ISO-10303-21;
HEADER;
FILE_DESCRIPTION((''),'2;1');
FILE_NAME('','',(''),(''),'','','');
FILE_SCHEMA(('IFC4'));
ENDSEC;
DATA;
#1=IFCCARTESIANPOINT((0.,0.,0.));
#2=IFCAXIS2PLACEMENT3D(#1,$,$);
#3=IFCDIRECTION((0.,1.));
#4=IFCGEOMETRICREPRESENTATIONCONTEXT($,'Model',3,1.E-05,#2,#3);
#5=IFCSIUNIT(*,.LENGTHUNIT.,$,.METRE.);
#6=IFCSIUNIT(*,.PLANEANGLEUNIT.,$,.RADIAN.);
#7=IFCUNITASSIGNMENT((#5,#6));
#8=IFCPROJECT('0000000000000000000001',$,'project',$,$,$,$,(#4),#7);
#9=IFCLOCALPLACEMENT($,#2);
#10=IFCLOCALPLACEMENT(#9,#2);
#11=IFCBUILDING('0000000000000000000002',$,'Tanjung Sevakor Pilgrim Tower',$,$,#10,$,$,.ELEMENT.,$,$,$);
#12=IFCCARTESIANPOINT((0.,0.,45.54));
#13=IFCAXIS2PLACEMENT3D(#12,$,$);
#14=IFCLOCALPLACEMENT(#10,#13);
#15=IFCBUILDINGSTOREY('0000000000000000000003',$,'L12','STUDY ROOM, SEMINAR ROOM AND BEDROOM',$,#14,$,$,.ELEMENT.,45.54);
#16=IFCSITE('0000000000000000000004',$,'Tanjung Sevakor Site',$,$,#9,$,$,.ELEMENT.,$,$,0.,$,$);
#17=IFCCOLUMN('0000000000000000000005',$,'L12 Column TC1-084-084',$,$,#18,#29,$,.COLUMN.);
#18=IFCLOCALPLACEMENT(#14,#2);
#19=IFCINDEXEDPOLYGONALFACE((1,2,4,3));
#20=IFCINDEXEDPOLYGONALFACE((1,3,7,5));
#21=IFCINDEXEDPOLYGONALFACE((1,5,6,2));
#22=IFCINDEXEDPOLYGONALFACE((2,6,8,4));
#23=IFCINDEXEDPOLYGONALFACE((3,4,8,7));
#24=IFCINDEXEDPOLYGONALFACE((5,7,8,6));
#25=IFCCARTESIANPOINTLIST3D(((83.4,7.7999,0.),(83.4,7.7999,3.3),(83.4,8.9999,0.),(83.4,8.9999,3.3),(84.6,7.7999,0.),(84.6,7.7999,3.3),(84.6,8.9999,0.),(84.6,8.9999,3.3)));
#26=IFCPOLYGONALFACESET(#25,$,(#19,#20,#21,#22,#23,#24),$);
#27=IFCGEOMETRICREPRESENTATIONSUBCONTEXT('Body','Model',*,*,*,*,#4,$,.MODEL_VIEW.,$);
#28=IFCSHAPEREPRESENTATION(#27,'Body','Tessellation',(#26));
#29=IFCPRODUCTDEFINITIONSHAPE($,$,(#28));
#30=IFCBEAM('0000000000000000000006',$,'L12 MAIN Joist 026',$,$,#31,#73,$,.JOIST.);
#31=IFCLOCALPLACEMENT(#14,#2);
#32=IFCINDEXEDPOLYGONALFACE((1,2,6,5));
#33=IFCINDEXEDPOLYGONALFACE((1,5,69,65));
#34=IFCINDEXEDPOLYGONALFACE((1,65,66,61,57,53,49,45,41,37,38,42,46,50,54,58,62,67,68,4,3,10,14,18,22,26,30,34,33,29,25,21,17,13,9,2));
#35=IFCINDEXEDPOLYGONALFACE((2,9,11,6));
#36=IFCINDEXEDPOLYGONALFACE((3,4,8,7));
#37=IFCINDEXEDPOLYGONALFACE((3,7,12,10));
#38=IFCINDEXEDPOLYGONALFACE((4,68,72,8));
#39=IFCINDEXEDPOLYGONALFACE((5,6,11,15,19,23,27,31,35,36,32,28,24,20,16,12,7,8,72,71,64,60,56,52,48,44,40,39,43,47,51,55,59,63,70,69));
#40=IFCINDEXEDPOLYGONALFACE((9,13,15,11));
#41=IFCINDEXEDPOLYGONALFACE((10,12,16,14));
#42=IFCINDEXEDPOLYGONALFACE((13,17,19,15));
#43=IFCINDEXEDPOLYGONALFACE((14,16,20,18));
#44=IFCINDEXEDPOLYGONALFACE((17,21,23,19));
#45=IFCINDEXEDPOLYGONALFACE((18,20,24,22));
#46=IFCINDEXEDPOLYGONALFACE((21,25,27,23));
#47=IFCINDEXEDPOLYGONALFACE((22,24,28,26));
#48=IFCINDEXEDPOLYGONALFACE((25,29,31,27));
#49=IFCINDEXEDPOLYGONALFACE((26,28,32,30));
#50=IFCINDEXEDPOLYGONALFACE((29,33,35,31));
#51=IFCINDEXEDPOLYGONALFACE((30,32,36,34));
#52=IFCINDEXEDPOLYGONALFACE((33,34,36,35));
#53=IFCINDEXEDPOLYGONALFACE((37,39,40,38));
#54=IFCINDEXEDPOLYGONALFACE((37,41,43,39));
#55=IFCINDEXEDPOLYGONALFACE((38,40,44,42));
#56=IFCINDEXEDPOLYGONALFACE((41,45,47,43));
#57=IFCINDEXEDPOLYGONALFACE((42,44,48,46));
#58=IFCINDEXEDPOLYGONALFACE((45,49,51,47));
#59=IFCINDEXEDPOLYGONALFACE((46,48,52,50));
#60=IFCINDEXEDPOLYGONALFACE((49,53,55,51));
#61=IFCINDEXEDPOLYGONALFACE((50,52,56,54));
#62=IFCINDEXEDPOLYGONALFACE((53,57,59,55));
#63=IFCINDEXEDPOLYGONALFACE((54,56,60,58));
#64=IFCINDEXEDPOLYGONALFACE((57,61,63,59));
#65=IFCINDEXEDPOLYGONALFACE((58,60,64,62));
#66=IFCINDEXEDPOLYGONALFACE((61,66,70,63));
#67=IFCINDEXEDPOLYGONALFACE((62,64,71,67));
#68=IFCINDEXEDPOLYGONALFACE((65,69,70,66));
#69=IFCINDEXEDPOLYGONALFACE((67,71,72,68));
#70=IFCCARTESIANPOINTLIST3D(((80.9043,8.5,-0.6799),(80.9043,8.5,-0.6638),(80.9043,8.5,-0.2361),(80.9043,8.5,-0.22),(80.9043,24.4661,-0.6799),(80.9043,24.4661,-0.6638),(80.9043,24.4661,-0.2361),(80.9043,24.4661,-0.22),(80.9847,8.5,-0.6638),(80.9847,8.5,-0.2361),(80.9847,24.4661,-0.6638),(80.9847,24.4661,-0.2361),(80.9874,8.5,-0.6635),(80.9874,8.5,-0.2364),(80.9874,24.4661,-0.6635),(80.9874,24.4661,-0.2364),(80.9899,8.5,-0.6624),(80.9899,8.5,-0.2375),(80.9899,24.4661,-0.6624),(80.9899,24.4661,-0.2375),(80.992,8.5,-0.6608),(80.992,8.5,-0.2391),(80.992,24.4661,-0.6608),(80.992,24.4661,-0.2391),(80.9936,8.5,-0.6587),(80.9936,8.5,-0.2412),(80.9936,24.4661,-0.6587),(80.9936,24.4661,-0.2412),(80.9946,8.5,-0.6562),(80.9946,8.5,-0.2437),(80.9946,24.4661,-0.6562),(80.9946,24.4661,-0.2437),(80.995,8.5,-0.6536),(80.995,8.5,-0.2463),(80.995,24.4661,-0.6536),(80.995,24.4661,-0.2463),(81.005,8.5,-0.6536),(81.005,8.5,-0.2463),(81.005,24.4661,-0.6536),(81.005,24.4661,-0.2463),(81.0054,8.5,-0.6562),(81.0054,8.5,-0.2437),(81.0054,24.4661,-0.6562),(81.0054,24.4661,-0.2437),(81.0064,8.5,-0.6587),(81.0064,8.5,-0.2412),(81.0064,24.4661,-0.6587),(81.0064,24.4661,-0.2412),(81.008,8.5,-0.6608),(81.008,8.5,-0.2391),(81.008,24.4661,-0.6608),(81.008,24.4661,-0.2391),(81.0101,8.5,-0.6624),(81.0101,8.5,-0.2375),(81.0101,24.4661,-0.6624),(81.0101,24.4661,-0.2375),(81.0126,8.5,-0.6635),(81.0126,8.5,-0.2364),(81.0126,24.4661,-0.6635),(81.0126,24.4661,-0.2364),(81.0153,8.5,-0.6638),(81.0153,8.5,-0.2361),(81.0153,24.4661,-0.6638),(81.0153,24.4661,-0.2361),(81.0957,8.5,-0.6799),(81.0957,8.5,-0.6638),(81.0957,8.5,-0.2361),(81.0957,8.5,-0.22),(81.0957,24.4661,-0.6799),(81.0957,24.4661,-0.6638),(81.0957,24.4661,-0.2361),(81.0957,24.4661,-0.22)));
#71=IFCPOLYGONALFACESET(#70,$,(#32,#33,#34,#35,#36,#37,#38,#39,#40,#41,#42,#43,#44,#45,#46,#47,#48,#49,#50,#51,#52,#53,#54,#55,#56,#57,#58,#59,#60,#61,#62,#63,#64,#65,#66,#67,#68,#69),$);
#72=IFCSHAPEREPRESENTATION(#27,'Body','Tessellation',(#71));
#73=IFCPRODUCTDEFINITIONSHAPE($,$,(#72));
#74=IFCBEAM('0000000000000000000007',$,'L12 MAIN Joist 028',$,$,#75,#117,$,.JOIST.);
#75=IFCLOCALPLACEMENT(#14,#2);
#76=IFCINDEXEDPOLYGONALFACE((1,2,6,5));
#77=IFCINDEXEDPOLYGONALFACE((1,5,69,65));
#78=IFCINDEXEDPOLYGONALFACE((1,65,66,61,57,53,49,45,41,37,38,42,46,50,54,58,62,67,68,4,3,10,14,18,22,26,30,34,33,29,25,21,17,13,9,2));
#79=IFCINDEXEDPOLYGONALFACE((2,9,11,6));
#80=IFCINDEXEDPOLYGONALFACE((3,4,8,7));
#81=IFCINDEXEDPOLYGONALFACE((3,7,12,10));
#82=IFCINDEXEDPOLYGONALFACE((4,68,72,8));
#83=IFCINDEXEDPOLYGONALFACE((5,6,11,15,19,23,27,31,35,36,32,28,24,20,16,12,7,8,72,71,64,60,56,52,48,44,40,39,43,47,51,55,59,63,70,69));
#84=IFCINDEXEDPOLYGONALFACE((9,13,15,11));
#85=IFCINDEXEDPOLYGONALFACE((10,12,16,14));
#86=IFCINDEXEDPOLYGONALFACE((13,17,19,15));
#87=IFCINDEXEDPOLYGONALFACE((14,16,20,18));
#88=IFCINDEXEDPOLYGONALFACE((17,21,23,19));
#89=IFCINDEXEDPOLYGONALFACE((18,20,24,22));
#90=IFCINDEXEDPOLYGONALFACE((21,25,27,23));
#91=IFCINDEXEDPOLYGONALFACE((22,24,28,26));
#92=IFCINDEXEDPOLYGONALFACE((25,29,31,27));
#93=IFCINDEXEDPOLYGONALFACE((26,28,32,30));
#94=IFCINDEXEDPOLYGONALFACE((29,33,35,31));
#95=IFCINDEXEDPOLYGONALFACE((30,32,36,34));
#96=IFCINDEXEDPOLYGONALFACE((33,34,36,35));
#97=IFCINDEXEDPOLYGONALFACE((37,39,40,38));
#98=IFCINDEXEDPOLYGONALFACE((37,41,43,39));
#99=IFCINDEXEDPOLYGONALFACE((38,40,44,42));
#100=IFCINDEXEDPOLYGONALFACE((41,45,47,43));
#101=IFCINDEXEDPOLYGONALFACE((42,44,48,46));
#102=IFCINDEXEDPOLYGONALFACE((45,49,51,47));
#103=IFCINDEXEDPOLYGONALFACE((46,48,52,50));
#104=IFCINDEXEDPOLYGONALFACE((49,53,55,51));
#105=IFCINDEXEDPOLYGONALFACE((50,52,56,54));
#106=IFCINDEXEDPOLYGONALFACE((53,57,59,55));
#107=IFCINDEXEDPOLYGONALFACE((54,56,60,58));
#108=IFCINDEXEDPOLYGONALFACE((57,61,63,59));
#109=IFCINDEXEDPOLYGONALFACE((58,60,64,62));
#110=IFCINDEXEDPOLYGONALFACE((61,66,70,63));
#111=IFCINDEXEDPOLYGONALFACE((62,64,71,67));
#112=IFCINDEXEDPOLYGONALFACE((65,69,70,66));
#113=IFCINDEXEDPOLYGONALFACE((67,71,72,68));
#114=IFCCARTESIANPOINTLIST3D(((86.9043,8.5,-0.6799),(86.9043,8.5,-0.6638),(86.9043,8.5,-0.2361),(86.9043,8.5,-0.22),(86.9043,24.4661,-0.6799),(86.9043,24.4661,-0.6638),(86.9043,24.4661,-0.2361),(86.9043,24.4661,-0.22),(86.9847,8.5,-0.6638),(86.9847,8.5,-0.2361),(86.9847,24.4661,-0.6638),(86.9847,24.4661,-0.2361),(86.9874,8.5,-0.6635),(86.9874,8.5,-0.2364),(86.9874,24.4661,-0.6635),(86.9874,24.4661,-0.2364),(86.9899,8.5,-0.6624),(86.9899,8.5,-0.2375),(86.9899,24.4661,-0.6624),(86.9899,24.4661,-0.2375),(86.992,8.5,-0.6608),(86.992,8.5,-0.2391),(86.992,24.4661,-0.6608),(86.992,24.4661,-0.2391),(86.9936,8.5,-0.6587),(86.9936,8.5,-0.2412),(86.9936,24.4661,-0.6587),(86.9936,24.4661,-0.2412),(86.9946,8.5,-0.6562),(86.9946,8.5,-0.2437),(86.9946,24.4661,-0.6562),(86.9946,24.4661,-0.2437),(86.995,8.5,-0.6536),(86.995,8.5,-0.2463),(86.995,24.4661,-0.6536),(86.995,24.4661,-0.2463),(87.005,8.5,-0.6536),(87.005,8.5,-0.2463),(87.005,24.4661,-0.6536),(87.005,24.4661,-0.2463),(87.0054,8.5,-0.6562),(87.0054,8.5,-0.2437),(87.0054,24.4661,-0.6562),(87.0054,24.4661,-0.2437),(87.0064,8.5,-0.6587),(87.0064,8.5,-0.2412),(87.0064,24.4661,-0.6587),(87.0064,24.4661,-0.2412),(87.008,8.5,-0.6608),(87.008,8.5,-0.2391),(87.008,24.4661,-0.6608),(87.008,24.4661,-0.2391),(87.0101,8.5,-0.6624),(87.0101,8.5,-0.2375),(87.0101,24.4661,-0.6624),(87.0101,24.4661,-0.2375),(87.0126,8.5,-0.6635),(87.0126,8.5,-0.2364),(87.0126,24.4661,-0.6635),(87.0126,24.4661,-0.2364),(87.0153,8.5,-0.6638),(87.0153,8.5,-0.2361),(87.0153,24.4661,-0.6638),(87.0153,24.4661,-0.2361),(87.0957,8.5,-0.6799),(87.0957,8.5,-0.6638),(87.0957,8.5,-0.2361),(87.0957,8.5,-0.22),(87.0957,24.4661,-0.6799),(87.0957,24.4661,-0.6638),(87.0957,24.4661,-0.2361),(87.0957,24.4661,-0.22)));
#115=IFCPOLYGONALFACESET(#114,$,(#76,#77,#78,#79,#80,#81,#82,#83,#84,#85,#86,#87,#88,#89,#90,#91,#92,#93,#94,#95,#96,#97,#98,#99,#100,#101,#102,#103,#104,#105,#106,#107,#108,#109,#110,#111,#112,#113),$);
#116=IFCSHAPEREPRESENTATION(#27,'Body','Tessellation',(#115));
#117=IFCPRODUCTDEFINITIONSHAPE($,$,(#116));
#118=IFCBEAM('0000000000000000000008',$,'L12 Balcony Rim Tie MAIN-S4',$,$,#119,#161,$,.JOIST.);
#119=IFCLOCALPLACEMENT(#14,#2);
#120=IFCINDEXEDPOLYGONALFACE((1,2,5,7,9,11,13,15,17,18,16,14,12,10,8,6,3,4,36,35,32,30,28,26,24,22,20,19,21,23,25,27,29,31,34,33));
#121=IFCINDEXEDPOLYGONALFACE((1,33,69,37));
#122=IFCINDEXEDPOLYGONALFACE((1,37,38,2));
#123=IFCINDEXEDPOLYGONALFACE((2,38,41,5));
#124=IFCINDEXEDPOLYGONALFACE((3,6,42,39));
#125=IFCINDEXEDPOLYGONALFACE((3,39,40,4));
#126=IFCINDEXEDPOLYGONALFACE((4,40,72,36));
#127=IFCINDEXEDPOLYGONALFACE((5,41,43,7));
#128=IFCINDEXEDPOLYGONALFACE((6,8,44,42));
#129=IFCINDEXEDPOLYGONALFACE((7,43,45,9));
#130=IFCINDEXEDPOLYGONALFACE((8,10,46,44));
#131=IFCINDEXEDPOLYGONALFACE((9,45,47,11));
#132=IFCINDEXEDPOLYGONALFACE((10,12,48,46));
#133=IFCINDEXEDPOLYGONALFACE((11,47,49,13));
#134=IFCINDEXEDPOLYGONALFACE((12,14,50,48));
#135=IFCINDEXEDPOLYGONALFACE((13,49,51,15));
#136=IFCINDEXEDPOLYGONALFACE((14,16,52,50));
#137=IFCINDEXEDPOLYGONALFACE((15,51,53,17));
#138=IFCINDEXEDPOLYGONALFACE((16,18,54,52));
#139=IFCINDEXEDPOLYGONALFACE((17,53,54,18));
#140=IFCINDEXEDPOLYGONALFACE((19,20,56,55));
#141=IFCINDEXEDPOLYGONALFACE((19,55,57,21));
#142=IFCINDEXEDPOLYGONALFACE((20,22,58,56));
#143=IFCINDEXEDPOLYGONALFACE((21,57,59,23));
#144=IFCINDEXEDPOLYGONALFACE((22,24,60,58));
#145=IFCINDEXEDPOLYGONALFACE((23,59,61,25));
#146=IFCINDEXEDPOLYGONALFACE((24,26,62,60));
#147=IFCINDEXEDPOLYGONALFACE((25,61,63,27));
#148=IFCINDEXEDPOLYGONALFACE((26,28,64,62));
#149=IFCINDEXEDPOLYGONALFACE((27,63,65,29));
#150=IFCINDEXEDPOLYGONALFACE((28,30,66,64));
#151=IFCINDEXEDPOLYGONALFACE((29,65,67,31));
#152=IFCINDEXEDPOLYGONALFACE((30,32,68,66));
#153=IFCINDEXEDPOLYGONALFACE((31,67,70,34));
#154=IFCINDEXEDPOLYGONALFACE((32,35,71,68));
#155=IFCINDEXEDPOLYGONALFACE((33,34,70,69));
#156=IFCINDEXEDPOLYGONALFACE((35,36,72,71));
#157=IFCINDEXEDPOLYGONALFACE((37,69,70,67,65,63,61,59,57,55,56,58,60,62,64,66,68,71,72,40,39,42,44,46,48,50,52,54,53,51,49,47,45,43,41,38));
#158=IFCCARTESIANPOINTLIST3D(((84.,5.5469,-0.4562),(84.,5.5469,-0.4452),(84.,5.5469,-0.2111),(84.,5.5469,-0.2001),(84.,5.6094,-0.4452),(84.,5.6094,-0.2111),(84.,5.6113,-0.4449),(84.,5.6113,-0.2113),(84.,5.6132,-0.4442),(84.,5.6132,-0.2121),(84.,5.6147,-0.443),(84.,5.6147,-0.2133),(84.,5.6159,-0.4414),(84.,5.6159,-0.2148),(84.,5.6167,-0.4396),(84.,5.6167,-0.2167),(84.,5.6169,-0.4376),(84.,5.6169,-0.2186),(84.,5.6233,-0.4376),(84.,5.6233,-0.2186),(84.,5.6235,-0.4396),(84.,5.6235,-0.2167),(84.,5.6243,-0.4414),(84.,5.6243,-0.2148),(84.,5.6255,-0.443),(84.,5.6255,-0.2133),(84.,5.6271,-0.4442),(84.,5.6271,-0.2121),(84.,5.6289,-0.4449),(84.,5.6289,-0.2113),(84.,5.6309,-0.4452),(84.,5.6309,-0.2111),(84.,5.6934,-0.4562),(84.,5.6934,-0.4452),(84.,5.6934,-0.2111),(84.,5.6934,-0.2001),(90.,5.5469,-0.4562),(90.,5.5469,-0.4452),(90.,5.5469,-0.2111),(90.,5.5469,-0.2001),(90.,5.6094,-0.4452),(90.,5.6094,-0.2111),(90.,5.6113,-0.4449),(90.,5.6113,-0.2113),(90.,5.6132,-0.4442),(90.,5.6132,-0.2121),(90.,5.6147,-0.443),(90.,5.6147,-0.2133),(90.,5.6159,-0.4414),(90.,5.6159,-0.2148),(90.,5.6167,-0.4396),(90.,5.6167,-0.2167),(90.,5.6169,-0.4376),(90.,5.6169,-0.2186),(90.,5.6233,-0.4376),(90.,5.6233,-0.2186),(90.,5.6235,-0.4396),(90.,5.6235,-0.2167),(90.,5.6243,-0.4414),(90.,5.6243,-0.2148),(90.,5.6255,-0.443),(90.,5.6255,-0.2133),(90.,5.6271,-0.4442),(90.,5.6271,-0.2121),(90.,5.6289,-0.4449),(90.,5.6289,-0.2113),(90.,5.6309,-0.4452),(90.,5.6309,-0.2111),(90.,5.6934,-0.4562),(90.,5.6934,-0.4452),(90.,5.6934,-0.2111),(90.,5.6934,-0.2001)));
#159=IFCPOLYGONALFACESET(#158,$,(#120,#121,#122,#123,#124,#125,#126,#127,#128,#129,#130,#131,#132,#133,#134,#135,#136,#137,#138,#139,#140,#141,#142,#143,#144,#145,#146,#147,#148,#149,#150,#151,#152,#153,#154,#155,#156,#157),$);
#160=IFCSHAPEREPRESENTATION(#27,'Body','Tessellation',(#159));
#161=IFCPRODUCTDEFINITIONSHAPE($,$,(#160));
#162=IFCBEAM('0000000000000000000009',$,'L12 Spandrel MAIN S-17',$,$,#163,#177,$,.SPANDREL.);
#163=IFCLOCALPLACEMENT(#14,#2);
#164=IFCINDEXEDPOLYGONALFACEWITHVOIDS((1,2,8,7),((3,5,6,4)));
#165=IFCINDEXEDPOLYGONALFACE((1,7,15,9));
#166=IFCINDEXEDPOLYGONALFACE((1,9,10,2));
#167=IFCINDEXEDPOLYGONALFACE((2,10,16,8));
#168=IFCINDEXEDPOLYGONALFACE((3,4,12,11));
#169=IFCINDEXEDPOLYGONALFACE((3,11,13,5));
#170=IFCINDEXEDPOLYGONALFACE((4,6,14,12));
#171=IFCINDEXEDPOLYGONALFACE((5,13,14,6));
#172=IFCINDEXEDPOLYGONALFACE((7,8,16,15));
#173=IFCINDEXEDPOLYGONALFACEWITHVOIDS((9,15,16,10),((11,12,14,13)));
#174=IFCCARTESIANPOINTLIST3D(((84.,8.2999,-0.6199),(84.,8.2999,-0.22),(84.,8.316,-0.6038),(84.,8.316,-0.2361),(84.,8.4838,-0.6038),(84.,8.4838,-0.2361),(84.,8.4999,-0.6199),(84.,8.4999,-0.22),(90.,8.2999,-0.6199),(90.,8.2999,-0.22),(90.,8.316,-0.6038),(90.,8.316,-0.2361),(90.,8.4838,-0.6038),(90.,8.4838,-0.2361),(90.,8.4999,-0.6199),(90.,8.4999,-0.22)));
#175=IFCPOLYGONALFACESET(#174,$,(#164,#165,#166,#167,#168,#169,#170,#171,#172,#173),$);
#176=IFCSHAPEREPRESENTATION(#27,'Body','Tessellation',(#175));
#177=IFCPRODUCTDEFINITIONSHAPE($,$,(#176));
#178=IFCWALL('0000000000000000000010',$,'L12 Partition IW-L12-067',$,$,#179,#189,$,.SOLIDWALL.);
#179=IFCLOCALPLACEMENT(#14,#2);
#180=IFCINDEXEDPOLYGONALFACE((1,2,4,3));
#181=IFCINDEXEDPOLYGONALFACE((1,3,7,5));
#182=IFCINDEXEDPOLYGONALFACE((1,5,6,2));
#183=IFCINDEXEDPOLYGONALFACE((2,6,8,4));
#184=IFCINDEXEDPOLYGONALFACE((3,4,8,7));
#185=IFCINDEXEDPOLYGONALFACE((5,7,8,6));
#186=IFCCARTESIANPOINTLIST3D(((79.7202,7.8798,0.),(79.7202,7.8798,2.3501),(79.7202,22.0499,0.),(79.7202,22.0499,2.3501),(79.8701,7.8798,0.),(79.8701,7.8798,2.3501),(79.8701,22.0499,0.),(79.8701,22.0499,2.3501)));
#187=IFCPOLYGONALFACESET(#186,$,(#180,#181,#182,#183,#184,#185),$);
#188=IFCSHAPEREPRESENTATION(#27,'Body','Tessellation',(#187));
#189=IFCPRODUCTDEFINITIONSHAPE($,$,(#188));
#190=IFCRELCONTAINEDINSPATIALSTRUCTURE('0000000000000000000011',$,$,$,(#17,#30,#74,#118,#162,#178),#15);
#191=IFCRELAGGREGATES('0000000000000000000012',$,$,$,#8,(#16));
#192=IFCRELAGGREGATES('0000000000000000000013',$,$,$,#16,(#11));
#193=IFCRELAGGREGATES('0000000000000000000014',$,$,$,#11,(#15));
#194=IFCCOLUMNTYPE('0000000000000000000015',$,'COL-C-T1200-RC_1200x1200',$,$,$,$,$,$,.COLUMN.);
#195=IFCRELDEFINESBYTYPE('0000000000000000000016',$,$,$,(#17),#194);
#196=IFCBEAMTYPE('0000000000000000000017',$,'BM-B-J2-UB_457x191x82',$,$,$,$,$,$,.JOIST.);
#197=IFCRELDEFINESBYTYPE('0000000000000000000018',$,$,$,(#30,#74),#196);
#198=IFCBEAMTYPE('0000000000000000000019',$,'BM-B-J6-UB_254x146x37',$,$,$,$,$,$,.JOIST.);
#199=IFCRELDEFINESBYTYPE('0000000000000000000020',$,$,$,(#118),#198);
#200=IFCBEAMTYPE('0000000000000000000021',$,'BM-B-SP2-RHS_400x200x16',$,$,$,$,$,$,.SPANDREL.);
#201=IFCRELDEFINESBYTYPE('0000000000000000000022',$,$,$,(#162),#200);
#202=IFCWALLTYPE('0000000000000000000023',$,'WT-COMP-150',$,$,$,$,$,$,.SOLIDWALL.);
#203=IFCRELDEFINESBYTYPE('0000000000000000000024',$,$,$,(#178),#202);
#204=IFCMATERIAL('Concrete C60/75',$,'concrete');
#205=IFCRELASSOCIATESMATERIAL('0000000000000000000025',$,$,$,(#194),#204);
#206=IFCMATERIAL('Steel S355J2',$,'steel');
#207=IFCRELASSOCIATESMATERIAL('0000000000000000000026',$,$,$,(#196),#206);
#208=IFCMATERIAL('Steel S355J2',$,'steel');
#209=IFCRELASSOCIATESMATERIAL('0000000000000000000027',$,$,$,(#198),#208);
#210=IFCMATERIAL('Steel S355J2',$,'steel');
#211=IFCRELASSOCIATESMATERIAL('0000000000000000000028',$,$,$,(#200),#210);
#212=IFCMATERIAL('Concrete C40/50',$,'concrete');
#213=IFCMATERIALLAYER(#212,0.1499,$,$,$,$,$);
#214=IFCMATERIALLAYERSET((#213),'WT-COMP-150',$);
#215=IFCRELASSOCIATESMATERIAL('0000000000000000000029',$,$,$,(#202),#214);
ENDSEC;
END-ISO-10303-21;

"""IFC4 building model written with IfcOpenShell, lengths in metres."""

from ifc_helpers import new_model, si_unit, direction, frame, frame_2d, origin, origin_2d, place, context, subcontext, project, spatial, rectangle, hollow_rectangle, i_section, extrude, material, layer, layer_set, material_profile, profile_set, type_object, element, save


model = new_model("IFC4")

# Units and contexts
model_context = context("Model", 3, precision=1e-05, world=origin(), true_north=direction((0.0, 1.0)))
body_context = subcontext(model_context, "Body", "Model", "MODEL_VIEW")
ifc_project = project(units=[si_unit("LENGTHUNIT", "METRE"), si_unit("PLANEANGLEUNIT", "RADIAN")], contexts=[model_context])

# Site, building, storey
site_placement = place(None, origin())
site = spatial("IfcSite", under=ifc_project, at=site_placement, Name="Tanjung Sevakor Site", CompositionType="ELEMENT", RefElevation=0.0)
building_placement = place(site_placement, origin())
building = spatial("IfcBuilding", under=site, at=building_placement, Name="Tanjung Sevakor Pilgrim Tower", CompositionType="ELEMENT")
storey_placement = place(building_placement, frame((0.0, 0.0, 45.54)))
storey = spatial("IfcBuildingStorey", under=building, at=storey_placement, Name="L12", Description="STUDY ROOM, SEMINAR ROOM AND BEDROOM", CompositionType="ELEMENT", Elevation=45.54)

# Column
ifc_material_1 = material(Name="Concrete C60/75", Category="concrete")
ifc_material_profile_1 = material_profile(ifc_material_1, rectangle(XDim=1.2, YDim=1.2, at=origin_2d()))
ifc_profile_set_1 = profile_set([ifc_material_profile_1], Name="Concrete C60/75")
column_type = type_object("IfcColumnType", Name="COL-C-T1200-RC_1200x1200", PredefinedType="COLUMN", material=ifc_profile_set_1)
column_placement = place(storey_placement, frame((84.0, 8.3999, 0.0), z_axis=(0.0, 0.0, 1.0), x_axis=(1.0, 0.0, 0.0)))
element("IfcColumn", 1, at=column_placement, inside=storey, type_object=column_type, Name="L12 Column TC1-084-084", PredefinedType="COLUMN", context=body_context, shape_type="SweptSolid", body=[
    extrude(rectangle(XDim=1.2, YDim=1.2, at=origin_2d()), origin(), (0.0, 0.0, 1.0), 3.3),
])

# Beams
ifc_material_2 = material(Name="Steel S355J2", Category="steel")
ifc_material_profile_2 = material_profile(ifc_material_2, i_section(OverallWidth=0.1914, OverallDepth=0.46, WebThickness=0.01, FlangeThickness=0.0161, FilletRadius=0.0103, at=origin_2d()))
ifc_profile_set_2 = profile_set([ifc_material_profile_2], Name="Steel S355J2")
beam_type_1 = type_object("IfcBeamType", Name="BM-B-J2-UB_457x191x82", PredefinedType="JOIST", material=ifc_profile_set_2)
for number, where, z_axis, x_axis, name in (
    (2, (81.0, 8.5, -0.45), (0.0, 1.0, 0.0), (-1.0, 0.0, 0.0), "L12 MAIN Joist 026"),
    (3, (87.0, 8.5, -0.45), (0.0, 1.0, 0.0), (-1.0, 0.0, 0.0), "L12 MAIN Joist 028"),
):
    element("IfcBeam", number, at=place(storey_placement, frame(where, z_axis=z_axis, x_axis=x_axis)), inside=storey, type_object=beam_type_1, Name=name, PredefinedType="JOIST", context=body_context, shape_type="SweptSolid", body=[
        extrude(i_section(OverallWidth=0.1914, OverallDepth=0.46, WebThickness=0.01, FlangeThickness=0.0161, FilletRadius=0.0103, at=origin_2d()), origin(), (0.0, 0.0, 1.0), 15.9661),
    ])
ifc_material_3 = material(Name="Steel S355J2", Category="steel")
ifc_material_profile_3 = material_profile(ifc_material_3, i_section(OverallWidth=0.1465, OverallDepth=0.2561, WebThickness=0.0063, FlangeThickness=0.011, FilletRadius=0.0076, at=origin_2d()))
ifc_profile_set_3 = profile_set([ifc_material_profile_3], Name="Steel S355J2")
beam_type_2 = type_object("IfcBeamType", Name="BM-B-J6-UB_254x146x37", PredefinedType="JOIST", material=ifc_profile_set_3)
beam_1_placement = place(storey_placement, frame((84.0, 5.6201, -0.3281), z_axis=(1.0, 0.0, 0.0), x_axis=(0.0, 1.0, 0.0)))
element("IfcBeam", 4, at=beam_1_placement, inside=storey, type_object=beam_type_2, Name="L12 Balcony Rim Tie MAIN-S4", PredefinedType="JOIST", context=body_context, shape_type="SweptSolid", body=[
    extrude(i_section(OverallWidth=0.1465, OverallDepth=0.2561, WebThickness=0.0063, FlangeThickness=0.011, FilletRadius=0.0076, at=origin_2d()), origin(), (0.0, 0.0, 1.0), 6.0),
])
ifc_material_4 = material(Name="Steel S355J2", Category="steel")
ifc_material_profile_4 = material_profile(ifc_material_4, hollow_rectangle(XDim=0.2, YDim=0.3999, WallThickness=0.0161, at=origin_2d()))
ifc_profile_set_4 = profile_set([ifc_material_profile_4], Name="Steel S355J2")
beam_type_3 = type_object("IfcBeamType", Name="BM-B-SP2-RHS_400x200x16", PredefinedType="SPANDREL", material=ifc_profile_set_4)
beam_2_placement = place(storey_placement, frame((84.0, 8.3999, -0.4199), z_axis=(1.0, 0.0, 0.0), x_axis=(0.0, 1.0, 0.0)))
element("IfcBeam", 5, at=beam_2_placement, inside=storey, type_object=beam_type_3, Name="L12 Spandrel MAIN S-17", PredefinedType="SPANDREL", context=body_context, shape_type="SweptSolid", body=[
    extrude(hollow_rectangle(XDim=0.2, YDim=0.3999, WallThickness=0.0161, at=origin_2d()), origin(), (0.0, 0.0, 1.0), 6.0),
])

# Wall
ifc_material_5 = material(Name="Concrete C40/50", Category="concrete")
ifc_layer_1 = layer(ifc_material_5, 0.1499)
ifc_layer_set_1 = layer_set([ifc_layer_1], Name="WT-COMP-150")
wall_type_1 = type_object("IfcWallType", Name="WT-COMP-150", PredefinedType="SOLIDWALL", material=ifc_layer_set_1)
for number, where, z_axis, x_axis, name in (
    (6, (79.7952, 7.8799, 0.0), (0.0, 0.0, 1.0), (0.0, 1.0, 0.0), "L12 Partition IW-L12-067"),
):
    element("IfcWall", number, at=place(storey_placement, frame(where, z_axis=z_axis, x_axis=x_axis)), inside=storey, type_object=wall_type_1, Name=name, PredefinedType="SOLIDWALL", context=body_context, shape_type="SweptSolid", body=[
        extrude(rectangle(XDim=14.1702, YDim=0.1499, at=frame_2d((7.085, 0.0))), origin(), (0.0, 0.0, 1.0), 2.3501),
    ])

save(model, "model.ifc")
